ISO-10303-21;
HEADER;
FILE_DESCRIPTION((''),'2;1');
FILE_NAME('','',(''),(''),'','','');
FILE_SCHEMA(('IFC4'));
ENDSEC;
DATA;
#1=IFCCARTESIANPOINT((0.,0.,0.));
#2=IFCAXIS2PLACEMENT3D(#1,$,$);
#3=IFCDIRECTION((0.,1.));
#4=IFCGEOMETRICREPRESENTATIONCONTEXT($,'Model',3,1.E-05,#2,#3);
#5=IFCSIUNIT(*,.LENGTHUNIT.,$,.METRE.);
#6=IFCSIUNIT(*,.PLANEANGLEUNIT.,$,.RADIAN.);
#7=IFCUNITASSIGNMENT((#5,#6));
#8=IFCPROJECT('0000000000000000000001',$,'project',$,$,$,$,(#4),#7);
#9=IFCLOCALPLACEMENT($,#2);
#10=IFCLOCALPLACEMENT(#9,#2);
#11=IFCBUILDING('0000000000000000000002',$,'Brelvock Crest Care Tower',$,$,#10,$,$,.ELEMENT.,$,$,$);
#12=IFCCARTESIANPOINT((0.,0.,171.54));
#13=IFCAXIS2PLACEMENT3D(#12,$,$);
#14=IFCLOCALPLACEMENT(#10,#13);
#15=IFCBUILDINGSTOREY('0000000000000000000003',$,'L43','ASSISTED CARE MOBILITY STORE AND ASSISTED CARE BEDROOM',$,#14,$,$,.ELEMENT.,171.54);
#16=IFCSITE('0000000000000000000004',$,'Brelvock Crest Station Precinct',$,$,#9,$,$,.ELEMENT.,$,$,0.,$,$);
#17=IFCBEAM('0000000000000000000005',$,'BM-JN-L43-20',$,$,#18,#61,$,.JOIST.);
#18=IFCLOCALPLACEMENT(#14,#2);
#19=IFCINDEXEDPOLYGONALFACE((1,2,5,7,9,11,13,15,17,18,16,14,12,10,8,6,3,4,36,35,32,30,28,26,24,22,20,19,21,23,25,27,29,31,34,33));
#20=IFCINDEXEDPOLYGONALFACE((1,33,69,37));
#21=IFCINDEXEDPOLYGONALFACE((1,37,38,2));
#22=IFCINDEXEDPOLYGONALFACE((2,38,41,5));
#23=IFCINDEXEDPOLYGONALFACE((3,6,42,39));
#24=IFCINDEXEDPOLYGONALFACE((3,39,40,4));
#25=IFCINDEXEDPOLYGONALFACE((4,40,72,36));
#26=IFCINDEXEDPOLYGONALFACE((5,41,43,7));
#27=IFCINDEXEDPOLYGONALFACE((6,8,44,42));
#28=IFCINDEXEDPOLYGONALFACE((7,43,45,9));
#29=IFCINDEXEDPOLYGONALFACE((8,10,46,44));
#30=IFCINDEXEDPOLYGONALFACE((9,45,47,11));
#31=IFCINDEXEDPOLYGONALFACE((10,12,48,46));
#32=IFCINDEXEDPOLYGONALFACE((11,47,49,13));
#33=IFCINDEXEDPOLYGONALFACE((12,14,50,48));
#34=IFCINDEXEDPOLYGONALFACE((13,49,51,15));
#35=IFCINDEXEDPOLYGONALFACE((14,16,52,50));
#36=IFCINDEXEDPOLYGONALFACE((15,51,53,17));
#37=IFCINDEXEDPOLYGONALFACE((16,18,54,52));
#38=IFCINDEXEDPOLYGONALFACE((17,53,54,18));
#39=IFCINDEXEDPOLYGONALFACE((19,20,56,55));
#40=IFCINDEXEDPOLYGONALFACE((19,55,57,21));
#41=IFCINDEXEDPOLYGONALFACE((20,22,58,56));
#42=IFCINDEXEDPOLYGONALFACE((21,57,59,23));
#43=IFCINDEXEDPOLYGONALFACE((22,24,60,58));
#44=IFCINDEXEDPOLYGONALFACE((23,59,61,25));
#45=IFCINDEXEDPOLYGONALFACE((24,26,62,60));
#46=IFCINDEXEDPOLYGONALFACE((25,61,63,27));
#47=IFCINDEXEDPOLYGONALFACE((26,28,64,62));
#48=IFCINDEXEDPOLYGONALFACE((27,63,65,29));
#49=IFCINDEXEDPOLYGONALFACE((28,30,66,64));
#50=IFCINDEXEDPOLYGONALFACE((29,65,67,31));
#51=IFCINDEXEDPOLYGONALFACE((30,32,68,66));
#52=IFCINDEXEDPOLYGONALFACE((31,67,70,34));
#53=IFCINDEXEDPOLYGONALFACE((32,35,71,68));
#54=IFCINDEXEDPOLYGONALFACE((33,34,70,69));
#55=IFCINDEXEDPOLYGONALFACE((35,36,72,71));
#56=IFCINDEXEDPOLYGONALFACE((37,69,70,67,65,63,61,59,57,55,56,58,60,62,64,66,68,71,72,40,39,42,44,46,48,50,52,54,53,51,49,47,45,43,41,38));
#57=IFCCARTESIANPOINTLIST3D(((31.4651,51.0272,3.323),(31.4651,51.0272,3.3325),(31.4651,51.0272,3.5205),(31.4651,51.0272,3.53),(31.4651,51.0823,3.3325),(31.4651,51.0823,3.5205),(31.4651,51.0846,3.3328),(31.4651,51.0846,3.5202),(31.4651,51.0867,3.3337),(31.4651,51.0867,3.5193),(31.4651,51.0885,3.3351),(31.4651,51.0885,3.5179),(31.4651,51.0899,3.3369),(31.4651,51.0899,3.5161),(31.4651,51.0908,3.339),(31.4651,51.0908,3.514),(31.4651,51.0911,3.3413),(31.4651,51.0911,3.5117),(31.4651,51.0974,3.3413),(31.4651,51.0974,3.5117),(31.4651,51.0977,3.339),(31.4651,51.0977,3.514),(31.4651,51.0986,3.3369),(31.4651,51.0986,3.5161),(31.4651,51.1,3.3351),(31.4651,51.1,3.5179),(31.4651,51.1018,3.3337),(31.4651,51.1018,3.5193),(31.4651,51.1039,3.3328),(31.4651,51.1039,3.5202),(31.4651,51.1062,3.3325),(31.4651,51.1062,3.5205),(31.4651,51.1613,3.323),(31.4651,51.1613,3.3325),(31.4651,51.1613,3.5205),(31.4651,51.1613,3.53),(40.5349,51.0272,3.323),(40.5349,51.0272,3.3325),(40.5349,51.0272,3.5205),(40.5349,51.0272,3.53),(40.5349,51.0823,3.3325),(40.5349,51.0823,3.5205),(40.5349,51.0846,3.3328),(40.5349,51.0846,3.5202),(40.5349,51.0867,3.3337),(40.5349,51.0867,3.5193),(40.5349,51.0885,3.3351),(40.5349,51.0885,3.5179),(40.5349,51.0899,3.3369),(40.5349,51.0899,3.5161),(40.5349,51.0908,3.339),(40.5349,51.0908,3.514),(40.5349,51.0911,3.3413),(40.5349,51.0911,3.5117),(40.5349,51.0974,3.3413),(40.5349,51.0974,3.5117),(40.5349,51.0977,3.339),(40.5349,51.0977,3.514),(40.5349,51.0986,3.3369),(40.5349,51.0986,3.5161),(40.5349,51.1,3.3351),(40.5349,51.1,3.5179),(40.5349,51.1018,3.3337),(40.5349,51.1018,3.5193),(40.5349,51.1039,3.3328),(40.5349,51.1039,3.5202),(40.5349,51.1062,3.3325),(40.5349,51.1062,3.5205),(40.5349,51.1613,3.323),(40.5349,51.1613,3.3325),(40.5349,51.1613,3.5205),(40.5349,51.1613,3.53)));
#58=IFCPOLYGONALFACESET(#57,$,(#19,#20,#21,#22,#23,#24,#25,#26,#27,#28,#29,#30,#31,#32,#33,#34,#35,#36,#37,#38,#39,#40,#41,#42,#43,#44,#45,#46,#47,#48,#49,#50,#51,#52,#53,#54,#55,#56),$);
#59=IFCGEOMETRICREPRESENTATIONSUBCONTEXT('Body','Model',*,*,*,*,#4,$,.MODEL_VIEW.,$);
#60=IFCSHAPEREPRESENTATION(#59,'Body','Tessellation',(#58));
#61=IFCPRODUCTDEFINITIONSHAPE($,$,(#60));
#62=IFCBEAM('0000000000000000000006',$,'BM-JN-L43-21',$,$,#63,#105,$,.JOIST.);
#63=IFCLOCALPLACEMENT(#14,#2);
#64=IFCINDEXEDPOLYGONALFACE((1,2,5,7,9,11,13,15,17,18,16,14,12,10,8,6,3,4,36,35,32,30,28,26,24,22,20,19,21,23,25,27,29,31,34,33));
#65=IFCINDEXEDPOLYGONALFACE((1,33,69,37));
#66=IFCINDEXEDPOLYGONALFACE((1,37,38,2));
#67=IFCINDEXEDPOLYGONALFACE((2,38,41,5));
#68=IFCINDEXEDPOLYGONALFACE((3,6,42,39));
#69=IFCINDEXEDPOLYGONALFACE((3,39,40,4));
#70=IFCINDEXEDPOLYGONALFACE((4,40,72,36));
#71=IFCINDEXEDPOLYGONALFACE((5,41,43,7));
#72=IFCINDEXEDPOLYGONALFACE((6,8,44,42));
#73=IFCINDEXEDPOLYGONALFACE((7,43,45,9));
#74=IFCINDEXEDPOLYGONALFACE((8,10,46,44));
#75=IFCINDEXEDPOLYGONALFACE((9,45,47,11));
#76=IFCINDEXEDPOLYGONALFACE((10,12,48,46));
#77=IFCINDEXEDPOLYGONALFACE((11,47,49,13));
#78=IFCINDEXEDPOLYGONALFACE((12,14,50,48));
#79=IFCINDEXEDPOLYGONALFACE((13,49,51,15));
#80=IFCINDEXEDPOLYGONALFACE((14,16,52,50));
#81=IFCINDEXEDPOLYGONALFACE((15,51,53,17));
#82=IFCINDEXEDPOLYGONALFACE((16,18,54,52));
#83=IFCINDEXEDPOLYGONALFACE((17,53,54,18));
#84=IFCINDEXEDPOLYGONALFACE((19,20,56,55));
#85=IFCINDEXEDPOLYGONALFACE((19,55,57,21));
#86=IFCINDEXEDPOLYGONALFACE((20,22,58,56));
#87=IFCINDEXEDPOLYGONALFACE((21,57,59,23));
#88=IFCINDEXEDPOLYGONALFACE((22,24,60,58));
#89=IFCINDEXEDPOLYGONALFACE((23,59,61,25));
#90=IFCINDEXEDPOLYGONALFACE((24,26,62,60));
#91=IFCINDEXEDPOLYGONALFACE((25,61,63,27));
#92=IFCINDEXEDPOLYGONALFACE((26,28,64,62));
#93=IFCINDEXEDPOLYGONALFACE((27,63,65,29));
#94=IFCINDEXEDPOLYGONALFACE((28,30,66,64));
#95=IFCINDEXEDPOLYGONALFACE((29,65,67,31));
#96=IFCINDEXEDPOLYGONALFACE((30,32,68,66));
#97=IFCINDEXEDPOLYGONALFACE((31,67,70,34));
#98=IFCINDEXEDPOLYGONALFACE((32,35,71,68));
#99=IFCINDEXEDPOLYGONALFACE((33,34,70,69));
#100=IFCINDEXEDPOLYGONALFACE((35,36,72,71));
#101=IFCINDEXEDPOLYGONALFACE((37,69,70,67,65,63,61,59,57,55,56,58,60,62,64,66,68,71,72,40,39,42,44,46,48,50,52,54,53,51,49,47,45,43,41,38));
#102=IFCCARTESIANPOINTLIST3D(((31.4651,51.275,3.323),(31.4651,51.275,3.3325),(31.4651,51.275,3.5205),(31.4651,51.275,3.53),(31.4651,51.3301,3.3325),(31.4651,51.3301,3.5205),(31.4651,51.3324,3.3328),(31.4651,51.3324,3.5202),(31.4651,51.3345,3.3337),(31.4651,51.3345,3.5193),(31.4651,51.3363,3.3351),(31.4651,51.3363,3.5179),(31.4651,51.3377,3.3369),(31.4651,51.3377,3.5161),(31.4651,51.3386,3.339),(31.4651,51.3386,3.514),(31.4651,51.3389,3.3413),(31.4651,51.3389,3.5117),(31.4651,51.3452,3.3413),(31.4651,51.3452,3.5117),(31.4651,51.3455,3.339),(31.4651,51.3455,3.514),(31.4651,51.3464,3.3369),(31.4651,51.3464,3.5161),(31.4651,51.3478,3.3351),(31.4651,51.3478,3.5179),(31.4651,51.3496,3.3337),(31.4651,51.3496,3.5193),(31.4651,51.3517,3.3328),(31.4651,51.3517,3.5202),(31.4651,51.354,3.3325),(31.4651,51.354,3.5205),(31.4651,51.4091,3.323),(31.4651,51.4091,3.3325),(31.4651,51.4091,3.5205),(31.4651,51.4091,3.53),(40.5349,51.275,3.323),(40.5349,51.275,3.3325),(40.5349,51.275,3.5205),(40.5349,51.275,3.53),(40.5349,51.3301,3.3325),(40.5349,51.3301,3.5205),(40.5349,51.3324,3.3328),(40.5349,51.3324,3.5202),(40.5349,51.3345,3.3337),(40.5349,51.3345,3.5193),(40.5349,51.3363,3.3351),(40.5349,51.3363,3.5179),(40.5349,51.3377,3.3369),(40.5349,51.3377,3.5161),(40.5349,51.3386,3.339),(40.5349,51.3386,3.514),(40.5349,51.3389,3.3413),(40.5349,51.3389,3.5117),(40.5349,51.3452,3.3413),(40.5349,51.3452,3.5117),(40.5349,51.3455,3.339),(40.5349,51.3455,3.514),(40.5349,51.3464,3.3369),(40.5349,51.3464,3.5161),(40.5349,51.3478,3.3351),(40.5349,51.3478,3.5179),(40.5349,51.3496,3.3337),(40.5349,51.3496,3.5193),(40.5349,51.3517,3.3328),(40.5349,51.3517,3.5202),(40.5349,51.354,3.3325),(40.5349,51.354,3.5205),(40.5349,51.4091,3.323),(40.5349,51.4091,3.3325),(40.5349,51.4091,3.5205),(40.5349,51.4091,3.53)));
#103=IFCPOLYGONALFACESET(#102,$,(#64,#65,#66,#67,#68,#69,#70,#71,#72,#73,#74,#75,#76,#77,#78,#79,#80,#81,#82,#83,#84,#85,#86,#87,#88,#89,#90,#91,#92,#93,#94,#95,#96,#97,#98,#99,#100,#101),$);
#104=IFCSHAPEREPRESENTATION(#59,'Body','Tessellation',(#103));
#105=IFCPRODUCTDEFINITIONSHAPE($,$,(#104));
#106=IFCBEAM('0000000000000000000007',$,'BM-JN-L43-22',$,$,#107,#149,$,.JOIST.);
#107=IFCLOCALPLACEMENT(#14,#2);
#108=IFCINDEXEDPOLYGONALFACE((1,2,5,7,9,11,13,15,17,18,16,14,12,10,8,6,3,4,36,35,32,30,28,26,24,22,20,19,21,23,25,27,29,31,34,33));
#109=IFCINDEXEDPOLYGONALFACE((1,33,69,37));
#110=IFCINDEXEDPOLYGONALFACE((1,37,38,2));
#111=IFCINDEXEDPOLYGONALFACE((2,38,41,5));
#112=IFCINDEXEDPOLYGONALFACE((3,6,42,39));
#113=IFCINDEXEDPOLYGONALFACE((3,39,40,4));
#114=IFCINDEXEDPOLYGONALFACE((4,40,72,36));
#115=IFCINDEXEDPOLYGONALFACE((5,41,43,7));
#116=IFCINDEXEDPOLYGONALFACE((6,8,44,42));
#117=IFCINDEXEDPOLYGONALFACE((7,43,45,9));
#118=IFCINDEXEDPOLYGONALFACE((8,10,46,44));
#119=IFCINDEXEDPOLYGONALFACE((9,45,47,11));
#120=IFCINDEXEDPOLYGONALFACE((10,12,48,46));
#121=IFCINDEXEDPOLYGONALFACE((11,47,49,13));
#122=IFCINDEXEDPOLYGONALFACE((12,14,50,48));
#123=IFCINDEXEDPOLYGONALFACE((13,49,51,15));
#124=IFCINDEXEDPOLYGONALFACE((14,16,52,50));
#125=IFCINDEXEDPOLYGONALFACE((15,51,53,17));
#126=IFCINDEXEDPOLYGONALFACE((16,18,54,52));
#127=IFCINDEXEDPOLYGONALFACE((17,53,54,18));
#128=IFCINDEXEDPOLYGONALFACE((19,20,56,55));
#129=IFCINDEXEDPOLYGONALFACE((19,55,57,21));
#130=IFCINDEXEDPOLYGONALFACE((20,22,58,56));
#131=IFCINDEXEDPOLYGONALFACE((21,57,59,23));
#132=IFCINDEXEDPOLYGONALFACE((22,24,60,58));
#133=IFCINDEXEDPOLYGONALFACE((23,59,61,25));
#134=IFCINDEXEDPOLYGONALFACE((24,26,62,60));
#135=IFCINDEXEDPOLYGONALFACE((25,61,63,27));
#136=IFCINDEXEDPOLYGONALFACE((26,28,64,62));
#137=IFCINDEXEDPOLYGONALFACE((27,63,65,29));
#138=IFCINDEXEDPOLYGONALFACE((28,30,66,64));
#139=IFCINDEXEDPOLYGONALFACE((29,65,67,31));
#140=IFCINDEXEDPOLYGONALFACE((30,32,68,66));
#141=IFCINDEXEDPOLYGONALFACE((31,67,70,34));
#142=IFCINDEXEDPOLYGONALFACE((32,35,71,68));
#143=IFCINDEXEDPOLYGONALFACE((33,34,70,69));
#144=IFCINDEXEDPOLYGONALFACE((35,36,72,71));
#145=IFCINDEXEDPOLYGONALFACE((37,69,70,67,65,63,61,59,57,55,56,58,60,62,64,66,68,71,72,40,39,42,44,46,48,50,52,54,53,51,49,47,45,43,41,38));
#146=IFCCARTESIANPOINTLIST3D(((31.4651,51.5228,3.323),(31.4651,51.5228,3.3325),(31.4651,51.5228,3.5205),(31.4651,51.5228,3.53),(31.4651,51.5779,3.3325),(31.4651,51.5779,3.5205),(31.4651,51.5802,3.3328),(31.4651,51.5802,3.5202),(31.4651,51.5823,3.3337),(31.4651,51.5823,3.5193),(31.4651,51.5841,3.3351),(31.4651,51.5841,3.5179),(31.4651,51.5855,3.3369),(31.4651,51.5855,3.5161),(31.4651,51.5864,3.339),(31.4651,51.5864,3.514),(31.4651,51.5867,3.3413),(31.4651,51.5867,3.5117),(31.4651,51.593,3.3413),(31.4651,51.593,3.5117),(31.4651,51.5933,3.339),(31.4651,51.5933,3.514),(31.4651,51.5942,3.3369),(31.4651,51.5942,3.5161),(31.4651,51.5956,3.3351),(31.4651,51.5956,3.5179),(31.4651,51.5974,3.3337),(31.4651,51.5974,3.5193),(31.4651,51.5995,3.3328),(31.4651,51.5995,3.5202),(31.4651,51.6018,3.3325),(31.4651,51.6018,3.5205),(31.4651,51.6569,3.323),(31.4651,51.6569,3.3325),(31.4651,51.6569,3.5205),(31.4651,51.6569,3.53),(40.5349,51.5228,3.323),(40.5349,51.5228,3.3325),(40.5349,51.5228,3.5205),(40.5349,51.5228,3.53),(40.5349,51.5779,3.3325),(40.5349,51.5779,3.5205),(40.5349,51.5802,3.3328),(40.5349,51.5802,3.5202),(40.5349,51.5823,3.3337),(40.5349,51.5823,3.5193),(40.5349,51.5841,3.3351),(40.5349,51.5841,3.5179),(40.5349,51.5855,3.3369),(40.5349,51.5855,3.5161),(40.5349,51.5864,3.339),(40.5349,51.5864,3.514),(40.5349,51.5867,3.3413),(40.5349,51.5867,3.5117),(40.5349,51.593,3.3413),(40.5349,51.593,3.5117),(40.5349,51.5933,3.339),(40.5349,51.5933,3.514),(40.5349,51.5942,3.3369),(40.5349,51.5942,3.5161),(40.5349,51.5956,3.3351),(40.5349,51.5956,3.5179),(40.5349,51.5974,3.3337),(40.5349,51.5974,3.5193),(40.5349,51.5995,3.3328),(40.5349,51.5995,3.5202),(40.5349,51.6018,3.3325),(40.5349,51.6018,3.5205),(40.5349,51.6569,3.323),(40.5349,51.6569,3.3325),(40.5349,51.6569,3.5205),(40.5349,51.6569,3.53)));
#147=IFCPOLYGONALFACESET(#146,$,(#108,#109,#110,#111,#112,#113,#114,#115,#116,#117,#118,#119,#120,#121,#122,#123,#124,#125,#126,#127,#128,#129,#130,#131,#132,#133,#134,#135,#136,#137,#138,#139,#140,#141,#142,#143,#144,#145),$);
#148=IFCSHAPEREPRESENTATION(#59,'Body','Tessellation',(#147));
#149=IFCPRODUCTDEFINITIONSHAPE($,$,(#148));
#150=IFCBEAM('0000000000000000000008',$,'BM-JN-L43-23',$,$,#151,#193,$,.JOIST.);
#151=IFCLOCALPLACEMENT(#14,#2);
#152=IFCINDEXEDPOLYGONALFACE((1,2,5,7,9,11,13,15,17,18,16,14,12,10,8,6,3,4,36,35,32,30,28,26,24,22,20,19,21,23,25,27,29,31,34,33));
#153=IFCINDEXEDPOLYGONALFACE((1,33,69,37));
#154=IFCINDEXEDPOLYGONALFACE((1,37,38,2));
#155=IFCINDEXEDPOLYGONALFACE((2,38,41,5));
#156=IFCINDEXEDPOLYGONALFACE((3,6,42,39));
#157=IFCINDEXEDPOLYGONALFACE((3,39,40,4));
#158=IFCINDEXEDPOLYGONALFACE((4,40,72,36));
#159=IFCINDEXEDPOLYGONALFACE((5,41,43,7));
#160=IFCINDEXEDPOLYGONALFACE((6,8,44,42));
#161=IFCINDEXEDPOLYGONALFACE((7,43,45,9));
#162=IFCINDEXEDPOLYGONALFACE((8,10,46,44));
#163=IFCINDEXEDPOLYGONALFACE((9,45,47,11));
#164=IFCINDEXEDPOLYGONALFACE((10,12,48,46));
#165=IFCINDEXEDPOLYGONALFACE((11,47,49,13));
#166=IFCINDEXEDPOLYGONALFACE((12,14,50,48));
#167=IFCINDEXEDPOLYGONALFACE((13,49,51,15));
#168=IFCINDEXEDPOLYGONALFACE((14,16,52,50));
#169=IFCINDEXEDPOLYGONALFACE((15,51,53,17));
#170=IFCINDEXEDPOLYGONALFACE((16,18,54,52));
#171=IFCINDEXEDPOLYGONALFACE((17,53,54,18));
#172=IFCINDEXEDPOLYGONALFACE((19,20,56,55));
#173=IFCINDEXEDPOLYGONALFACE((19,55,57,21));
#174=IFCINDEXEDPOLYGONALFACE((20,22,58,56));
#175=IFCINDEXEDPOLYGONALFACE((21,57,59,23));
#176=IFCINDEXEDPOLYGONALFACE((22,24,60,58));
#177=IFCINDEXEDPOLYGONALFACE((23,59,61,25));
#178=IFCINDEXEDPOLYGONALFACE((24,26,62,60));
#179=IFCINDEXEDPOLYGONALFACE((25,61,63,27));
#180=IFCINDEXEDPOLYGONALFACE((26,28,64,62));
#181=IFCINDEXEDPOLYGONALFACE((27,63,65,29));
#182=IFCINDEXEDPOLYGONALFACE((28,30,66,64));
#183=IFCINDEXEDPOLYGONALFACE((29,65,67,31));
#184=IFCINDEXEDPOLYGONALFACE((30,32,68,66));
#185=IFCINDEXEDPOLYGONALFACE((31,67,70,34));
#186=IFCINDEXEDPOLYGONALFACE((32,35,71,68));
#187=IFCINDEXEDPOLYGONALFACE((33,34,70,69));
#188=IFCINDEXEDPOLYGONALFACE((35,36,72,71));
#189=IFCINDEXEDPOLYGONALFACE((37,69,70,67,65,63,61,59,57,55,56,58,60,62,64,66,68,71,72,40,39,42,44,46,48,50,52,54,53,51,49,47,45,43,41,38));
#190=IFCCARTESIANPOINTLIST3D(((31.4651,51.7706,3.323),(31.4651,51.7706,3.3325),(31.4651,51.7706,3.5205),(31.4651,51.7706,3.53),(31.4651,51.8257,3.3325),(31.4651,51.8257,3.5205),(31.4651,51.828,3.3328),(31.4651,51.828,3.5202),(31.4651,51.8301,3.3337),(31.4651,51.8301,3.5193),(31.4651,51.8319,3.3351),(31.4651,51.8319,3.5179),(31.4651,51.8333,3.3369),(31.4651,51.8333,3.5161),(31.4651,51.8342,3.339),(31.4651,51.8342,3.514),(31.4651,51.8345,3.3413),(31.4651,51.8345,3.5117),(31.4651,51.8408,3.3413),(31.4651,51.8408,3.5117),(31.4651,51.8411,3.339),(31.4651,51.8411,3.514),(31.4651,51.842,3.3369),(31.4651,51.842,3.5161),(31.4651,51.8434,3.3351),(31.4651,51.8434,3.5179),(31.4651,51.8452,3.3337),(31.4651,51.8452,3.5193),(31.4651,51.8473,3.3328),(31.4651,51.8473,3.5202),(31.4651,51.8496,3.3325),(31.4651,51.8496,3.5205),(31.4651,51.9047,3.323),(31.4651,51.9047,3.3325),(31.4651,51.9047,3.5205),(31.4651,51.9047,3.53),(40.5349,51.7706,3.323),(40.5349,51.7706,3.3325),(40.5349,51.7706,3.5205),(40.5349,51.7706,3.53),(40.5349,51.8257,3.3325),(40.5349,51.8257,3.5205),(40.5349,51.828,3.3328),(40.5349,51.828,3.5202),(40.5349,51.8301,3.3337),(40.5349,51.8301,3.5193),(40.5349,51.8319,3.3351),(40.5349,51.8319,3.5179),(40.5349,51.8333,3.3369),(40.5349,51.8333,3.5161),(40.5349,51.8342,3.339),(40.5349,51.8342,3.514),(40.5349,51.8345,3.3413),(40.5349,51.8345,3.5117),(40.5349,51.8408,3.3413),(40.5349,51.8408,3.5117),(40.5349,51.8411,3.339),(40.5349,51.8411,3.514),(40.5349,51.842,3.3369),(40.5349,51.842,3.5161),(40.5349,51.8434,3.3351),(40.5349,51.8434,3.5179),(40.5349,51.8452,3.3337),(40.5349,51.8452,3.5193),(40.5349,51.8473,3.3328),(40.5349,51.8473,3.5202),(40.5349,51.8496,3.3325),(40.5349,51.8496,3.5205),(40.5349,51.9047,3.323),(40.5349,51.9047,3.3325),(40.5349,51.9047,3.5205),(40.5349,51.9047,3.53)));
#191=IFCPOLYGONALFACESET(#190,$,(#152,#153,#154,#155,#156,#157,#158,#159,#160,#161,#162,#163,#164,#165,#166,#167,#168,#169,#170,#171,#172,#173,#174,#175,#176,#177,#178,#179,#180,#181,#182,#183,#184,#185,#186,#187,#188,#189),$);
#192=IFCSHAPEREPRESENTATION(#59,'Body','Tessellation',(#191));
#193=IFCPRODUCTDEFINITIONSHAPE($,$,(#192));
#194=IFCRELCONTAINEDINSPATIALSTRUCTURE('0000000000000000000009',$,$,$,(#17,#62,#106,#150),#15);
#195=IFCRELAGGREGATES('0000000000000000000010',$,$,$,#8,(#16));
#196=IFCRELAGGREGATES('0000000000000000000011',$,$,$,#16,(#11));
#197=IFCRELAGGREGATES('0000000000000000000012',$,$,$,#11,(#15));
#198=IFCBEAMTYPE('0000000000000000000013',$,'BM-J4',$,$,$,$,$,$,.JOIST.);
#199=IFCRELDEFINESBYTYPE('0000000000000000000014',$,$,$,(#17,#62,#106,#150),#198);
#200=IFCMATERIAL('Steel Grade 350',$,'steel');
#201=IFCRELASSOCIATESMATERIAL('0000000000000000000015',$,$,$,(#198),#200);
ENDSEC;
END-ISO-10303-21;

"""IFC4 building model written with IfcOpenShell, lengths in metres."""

from ifc_helpers import new_model, si_unit, direction, frame, origin, origin_2d, place, context, subcontext, project, spatial, i_section, extrude, source, transform, mapped, material, material_profile, profile_set, type_object, element, save


model = new_model("IFC4")

# Units and contexts
model_context = context("Model", 3, precision=1e-05, world=origin(), true_north=direction((0.0, 1.0)))
body_context = subcontext(model_context, "Body", "Model", "MODEL_VIEW")
ifc_project = project(units=[si_unit("LENGTHUNIT", "METRE"), si_unit("PLANEANGLEUNIT", "RADIAN")], contexts=[model_context])

# Site, building, storey
site_placement = place(None, origin())
site = spatial("IfcSite", under=ifc_project, at=site_placement, Name="Brelvock Crest Station Precinct", CompositionType="ELEMENT", RefElevation=0.0)
building_placement = place(site_placement, origin())
building = spatial("IfcBuilding", under=site, at=building_placement, Name="Brelvock Crest Care Tower", CompositionType="ELEMENT")
storey_placement = place(building_placement, frame((0.0, 0.0, 171.54)))
storey = spatial("IfcBuildingStorey", under=building, at=storey_placement, Name="L43", Description="ASSISTED CARE MOBILITY STORE AND ASSISTED CARE BEDROOM", CompositionType="ELEMENT", Elevation=171.54)

# Shared definitions
ifc_material_1 = material(Name="Steel Grade 350", Category="steel")

# Beams
ifc_material_profile_1 = material_profile(ifc_material_1, i_section(OverallWidth=0.134, OverallDepth=0.207, WebThickness=0.0063, FlangeThickness=0.0095, FilletRadius=0.0088, at=origin_2d()), Name="200UB29.8")
ifc_profile_set_1 = profile_set([ifc_material_profile_1], Name="Steel Grade 350")
beam_type_1 = type_object("IfcBeamType", Name="BM-J4", PredefinedType="JOIST", material=ifc_profile_set_1)
shared_shape_1 = source(origin(), body_context, "Body", "SweptSolid", [
    extrude(i_section(OverallWidth=0.134, OverallDepth=0.207, WebThickness=0.0063, FlangeThickness=0.0095, FilletRadius=0.0088, at=origin_2d()), origin(), (0.0, 0.0, 1.0), 9.0698),
])
for number, where, z_axis, x_axis, name in (
    (1, (31.4651, 51.0942, 3.4265), (1.0, 0.0, 0.0), (0.0, 1.0, 0.0), "BM-JN-L43-20"),
    (2, (31.4651, 51.342, 3.4265), (1.0, 0.0, 0.0), (0.0, 1.0, 0.0), "BM-JN-L43-21"),
    (3, (31.4651, 51.5898, 3.4265), (1.0, 0.0, 0.0), (0.0, 1.0, 0.0), "BM-JN-L43-22"),
    (4, (31.4651, 51.8376, 3.4265), (1.0, 0.0, 0.0), (0.0, 1.0, 0.0), "BM-JN-L43-23"),
):
    element("IfcBeam", number, at=place(storey_placement, frame(where, z_axis=z_axis, x_axis=x_axis)), inside=storey, type_object=beam_type_1, Name=name, PredefinedType="JOIST", context=body_context, shape_type="MappedRepresentation", body=[
        mapped(shared_shape_1, transform((0.0, 0.0, 0.0), x_axis=(1.0, 0.0, 0.0), y_axis=(0.0, 1.0, 0.0), z_axis=(0.0, 0.0, 1.0), scale=1.0)),
    ])

save(model, "model.ifc")
